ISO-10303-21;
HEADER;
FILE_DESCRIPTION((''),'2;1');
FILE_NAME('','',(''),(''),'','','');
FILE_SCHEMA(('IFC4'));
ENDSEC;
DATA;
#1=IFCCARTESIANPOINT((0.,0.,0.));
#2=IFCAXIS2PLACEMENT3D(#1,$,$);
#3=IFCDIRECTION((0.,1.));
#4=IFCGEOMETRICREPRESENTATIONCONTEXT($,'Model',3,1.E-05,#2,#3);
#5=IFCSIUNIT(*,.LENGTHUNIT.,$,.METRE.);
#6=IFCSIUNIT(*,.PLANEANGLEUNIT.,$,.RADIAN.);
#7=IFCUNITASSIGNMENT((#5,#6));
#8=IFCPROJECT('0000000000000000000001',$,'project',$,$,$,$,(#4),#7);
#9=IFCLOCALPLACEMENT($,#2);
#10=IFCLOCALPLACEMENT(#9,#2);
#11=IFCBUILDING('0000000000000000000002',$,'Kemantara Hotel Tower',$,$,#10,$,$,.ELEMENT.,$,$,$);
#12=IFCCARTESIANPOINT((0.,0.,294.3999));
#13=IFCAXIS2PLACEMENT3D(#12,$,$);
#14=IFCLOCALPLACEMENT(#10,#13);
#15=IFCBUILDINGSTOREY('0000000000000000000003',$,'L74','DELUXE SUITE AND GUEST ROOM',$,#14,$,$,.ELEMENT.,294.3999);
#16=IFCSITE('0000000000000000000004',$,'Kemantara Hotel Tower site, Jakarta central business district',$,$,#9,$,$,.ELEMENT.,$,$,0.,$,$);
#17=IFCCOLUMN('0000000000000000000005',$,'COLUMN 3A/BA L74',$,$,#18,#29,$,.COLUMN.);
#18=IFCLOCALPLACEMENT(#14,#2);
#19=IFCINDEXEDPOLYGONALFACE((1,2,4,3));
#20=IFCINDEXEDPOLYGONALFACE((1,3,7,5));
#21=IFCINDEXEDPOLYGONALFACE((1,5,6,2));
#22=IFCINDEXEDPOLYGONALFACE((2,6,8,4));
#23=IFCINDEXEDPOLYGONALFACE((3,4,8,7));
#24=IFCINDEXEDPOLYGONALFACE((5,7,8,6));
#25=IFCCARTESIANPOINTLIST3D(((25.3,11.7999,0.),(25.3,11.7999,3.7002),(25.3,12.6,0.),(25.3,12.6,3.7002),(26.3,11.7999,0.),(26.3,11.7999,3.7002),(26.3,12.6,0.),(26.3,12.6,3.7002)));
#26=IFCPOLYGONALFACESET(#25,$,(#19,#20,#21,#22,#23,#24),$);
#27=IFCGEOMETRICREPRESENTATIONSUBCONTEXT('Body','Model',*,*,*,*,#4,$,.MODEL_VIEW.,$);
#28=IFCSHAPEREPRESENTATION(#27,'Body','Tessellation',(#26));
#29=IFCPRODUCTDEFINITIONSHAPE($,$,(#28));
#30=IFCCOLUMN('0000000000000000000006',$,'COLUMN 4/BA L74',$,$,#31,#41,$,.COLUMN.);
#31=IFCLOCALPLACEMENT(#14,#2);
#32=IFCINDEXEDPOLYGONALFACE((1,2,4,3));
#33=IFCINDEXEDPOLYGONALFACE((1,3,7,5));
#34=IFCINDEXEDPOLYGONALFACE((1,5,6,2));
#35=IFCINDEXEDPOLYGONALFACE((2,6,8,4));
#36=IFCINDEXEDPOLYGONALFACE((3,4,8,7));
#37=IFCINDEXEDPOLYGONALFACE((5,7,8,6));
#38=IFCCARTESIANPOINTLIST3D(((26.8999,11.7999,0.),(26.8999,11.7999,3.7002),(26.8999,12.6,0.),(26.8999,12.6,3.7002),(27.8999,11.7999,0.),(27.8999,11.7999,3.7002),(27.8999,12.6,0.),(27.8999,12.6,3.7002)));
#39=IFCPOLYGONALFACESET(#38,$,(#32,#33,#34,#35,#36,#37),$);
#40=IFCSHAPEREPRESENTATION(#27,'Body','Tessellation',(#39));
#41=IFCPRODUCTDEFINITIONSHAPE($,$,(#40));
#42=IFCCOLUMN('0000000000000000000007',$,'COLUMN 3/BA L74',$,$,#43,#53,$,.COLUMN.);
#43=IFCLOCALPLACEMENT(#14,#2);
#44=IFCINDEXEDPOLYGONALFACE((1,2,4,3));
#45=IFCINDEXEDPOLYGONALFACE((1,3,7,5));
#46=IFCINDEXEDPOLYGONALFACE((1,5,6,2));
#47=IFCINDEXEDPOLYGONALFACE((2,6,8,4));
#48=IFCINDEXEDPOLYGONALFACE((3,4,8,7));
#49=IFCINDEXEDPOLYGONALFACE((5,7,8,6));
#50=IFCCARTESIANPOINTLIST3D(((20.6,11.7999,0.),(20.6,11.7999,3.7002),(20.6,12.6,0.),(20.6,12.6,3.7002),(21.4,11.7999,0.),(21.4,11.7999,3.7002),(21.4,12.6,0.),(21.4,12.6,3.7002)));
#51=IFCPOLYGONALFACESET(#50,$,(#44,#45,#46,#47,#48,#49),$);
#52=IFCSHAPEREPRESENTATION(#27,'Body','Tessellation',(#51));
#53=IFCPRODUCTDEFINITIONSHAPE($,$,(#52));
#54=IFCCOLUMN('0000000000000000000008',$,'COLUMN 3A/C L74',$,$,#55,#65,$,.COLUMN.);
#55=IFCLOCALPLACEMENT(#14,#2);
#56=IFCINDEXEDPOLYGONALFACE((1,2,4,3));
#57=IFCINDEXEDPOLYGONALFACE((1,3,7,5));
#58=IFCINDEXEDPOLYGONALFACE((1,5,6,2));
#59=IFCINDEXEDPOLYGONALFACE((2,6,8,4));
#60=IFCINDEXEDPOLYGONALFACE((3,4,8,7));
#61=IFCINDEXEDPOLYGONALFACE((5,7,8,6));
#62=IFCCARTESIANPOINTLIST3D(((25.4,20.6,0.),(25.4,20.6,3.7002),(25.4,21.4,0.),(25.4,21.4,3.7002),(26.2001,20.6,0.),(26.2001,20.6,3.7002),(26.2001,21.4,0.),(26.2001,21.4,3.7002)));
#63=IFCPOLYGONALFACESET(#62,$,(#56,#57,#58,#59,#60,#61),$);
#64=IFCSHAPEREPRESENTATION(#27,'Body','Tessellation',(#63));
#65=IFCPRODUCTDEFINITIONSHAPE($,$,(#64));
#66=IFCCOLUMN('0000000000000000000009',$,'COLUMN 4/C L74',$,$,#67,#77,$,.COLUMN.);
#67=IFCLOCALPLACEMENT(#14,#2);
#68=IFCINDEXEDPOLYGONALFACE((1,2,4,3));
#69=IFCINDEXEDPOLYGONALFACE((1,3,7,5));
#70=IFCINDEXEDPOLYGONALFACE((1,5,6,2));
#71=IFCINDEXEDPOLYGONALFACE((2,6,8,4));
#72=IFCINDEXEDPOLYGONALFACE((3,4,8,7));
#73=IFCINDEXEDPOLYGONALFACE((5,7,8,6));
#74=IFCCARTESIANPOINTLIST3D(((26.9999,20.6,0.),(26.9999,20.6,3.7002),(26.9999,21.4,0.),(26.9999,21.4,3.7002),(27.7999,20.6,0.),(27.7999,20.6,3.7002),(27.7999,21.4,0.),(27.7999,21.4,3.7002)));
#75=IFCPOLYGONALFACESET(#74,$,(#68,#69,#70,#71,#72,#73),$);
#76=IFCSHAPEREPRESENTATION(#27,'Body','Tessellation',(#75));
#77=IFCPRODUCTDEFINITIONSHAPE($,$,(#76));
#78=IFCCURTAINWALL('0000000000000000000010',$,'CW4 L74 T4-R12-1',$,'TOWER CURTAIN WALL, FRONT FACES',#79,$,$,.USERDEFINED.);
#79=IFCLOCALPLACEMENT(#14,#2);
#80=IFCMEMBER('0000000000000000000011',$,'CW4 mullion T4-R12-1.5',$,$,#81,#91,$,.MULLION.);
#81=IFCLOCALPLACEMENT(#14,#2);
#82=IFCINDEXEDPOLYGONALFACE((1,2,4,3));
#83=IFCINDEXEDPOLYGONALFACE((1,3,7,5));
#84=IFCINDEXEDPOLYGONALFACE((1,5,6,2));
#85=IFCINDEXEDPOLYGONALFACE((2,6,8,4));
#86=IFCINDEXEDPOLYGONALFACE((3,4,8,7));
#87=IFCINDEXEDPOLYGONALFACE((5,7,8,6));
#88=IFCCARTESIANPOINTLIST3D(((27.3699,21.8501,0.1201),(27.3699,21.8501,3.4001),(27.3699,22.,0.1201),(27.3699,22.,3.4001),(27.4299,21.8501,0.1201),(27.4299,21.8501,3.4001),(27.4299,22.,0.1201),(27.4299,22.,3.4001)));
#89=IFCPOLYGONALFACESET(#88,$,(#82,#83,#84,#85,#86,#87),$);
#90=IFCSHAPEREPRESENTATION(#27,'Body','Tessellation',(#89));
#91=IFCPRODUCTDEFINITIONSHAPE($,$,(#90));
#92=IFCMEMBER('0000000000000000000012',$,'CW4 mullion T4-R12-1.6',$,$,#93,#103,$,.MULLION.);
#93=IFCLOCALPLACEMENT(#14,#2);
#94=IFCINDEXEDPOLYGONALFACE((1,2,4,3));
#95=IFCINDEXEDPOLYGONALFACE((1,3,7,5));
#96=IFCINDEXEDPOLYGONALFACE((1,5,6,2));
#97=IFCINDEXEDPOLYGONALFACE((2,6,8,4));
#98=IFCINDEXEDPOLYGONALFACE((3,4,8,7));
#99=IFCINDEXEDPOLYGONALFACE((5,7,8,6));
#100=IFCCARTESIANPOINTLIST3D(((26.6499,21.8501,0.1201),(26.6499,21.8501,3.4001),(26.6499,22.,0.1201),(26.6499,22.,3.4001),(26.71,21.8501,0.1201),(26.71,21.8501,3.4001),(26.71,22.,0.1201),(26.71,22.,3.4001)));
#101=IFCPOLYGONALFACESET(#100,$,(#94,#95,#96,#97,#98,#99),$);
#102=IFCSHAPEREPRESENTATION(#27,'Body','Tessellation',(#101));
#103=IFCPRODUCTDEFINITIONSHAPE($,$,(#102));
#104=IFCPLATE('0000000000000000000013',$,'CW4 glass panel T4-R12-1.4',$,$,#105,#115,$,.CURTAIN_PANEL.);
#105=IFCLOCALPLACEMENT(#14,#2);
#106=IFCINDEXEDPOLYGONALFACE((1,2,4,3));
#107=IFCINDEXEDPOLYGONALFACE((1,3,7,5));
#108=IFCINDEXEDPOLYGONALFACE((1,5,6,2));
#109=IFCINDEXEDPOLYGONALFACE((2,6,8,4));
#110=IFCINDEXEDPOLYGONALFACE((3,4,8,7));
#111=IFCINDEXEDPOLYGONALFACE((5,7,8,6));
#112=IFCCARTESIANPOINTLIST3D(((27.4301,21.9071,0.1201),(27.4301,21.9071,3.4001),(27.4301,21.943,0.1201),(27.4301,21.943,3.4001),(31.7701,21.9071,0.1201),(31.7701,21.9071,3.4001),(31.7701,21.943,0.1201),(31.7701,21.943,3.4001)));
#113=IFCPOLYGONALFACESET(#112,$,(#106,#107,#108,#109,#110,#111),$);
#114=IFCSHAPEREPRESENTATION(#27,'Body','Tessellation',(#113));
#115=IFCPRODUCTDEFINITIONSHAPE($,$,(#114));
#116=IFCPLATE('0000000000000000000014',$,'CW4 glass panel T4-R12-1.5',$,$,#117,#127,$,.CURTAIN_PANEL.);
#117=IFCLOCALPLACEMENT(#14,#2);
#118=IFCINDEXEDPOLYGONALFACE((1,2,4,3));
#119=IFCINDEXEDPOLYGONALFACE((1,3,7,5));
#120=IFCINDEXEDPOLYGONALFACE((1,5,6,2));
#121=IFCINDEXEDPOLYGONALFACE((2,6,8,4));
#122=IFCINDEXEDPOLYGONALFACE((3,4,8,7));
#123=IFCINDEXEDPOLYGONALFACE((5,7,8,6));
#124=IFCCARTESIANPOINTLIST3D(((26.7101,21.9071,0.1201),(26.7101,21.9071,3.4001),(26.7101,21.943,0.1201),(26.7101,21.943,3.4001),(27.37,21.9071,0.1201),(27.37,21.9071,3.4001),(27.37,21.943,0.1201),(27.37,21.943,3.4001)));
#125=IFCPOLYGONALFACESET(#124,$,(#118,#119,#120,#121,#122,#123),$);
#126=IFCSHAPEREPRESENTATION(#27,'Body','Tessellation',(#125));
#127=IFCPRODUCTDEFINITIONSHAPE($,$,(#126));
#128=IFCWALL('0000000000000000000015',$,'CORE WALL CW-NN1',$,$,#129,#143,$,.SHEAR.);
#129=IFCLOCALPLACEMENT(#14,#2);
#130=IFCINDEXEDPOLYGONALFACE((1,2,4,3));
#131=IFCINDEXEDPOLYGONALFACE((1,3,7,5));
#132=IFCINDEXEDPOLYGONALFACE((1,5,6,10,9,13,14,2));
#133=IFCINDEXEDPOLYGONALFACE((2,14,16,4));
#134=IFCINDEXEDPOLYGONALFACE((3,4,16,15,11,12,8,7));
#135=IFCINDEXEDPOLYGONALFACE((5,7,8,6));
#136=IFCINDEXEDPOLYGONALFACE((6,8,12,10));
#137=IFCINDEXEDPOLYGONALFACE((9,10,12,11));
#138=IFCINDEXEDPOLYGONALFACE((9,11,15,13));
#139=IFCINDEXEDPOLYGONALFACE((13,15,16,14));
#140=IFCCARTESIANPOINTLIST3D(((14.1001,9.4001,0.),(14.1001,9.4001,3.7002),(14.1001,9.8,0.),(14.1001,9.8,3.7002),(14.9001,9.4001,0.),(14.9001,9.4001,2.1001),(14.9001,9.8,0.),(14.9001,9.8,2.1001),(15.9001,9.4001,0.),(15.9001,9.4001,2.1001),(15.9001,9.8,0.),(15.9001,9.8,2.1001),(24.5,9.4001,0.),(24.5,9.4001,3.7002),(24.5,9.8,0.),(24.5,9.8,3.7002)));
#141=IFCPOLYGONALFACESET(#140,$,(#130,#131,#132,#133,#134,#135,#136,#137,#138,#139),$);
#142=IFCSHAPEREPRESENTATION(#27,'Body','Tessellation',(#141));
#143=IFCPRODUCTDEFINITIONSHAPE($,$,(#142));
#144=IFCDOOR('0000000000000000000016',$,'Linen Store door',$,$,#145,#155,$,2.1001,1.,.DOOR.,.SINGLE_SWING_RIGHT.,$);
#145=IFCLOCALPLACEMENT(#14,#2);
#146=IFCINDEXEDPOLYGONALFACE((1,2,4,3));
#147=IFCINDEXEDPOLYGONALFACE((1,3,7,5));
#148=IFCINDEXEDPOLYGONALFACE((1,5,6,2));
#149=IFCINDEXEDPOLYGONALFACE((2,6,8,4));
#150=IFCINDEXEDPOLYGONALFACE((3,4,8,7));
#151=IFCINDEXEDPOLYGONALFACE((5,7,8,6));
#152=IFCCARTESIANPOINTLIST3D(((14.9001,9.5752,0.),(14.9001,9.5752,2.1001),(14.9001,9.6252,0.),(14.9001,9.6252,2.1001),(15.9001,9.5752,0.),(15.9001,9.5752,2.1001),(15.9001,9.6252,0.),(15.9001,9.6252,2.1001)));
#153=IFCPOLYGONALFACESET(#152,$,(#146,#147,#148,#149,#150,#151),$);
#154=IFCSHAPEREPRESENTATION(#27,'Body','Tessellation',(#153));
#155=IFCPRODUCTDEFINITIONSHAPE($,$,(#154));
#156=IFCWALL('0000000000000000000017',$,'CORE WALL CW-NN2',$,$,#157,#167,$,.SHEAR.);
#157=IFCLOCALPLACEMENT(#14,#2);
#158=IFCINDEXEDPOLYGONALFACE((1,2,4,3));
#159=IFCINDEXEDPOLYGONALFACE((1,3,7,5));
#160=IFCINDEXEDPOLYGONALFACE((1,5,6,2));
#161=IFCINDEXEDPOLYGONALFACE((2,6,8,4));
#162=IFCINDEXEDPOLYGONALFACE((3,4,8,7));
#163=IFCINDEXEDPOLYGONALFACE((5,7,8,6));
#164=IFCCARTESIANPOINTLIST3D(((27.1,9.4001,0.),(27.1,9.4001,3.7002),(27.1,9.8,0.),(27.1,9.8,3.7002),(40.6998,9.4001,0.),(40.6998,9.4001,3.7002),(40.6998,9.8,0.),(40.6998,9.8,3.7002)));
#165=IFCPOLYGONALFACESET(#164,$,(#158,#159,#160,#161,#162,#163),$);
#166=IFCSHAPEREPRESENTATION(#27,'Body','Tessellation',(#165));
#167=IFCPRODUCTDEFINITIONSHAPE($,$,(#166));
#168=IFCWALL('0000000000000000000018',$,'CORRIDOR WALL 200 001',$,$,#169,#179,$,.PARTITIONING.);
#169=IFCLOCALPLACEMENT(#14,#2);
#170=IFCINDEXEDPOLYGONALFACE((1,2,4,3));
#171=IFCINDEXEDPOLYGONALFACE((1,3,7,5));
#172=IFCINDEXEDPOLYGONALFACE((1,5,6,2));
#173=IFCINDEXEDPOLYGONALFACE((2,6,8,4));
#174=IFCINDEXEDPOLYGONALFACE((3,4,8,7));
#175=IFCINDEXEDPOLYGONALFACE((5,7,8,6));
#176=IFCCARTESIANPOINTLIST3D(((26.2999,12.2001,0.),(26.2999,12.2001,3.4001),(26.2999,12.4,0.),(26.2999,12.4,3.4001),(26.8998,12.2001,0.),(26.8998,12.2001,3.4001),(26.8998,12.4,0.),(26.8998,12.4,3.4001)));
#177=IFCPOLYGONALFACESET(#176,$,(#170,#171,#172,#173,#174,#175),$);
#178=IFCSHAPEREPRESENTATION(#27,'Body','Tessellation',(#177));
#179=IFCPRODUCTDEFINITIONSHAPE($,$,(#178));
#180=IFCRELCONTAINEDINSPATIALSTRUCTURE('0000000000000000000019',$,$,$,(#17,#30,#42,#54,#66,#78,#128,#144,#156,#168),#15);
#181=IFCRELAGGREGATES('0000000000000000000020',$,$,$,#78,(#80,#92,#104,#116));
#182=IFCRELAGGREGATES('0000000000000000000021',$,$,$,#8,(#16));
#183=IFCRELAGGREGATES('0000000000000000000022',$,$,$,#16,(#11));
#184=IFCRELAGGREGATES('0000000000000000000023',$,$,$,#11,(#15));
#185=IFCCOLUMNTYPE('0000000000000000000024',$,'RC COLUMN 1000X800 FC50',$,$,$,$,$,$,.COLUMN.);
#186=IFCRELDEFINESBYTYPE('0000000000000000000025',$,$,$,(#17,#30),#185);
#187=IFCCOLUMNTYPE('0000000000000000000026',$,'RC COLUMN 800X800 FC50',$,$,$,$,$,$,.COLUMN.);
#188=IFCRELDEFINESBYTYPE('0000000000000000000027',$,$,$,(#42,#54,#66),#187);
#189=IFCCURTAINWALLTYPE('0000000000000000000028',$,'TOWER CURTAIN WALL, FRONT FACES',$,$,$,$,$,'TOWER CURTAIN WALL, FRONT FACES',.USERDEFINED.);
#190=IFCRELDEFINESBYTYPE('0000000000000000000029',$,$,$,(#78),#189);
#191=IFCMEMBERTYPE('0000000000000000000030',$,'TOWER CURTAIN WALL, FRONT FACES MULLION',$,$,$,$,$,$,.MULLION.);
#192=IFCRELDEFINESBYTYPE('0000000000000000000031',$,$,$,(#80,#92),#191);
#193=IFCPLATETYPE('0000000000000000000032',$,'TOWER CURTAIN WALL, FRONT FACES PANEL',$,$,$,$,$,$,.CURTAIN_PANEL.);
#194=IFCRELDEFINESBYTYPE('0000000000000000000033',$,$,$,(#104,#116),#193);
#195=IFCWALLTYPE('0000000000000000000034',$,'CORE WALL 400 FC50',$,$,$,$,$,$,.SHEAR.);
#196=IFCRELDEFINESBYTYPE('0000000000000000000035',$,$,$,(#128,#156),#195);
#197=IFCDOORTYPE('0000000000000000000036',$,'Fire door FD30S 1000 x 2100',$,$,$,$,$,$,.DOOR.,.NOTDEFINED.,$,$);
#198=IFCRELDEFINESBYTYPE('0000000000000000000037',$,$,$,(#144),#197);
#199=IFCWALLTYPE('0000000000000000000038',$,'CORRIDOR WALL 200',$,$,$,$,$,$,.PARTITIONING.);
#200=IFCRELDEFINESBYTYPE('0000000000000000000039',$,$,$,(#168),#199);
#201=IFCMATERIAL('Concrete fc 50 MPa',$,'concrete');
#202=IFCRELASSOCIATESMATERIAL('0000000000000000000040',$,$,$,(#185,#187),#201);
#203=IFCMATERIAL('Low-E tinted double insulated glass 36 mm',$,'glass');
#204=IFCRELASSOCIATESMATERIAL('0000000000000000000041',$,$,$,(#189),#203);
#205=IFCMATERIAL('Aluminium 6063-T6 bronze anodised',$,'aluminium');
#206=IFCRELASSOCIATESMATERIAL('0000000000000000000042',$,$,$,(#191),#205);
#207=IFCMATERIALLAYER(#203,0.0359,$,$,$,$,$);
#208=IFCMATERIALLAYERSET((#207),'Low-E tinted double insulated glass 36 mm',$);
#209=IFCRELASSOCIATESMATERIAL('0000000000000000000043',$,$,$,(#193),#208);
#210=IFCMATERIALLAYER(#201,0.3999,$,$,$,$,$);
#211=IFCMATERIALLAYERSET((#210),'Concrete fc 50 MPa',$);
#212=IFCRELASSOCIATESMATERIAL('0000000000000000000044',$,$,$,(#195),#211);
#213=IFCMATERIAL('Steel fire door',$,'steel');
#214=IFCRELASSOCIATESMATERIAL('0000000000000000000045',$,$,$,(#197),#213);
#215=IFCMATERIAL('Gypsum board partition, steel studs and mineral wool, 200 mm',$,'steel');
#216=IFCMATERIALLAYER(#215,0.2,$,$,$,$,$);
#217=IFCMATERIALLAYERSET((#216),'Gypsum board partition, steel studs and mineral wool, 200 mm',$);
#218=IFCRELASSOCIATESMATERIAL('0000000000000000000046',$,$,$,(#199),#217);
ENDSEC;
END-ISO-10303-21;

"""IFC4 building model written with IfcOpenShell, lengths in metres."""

from ifc_helpers import new_model, si_unit, direction, frame, frame_2d, origin, origin_2d, place, context, subcontext, project, spatial, rectangle, extrude, source, transform, mapped, material, layer, layer_set, material_profile, profile_set, type_object, element, fill, aggregate, save


model = new_model("IFC4")

# Units and contexts
model_context = context("Model", 3, precision=1e-05, world=origin(), true_north=direction((0.0, 1.0)))
body_context = subcontext(model_context, "Body", "Model", "MODEL_VIEW")
ifc_project = project(units=[si_unit("LENGTHUNIT", "METRE"), si_unit("PLANEANGLEUNIT", "RADIAN")], contexts=[model_context])

# Site, building, storey
site_placement = place(None, origin())
site = spatial("IfcSite", under=ifc_project, at=site_placement, Name="Kemantara Hotel Tower site, Jakarta central business district", CompositionType="ELEMENT", RefElevation=0.0)
building_placement = place(site_placement, origin())
building = spatial("IfcBuilding", under=site, at=building_placement, Name="Kemantara Hotel Tower", CompositionType="ELEMENT")
storey_placement = place(building_placement, frame((0.0, 0.0, 294.3999)))
storey = spatial("IfcBuildingStorey", under=building, at=storey_placement, Name="L74", Description="DELUXE SUITE AND GUEST ROOM", CompositionType="ELEMENT", Elevation=294.3999)

# Columns
ifc_material_1 = material(Name="Concrete fc 50 MPa", Category="concrete")
ifc_material_profile_1 = material_profile(ifc_material_1, rectangle(XDim=1.0, YDim=0.8, at=origin_2d()), Name="RC 1000X800")
ifc_profile_set_1 = profile_set([ifc_material_profile_1], Name="Concrete fc 50 MPa")
column_type_1 = type_object("IfcColumnType", Name="RC COLUMN 1000X800 FC50", PredefinedType="COLUMN", material=ifc_profile_set_1)
for number, where, z_axis, x_axis, name in (
    (1, (25.8, 12.2, 0.0), (0.0, 0.0, 1.0), (1.0, 0.0, 0.0), "COLUMN 3A/BA L74"),
    (2, (27.3999, 12.2, 0.0), (0.0, 0.0, 1.0), (1.0, 0.0, 0.0), "COLUMN 4/BA L74"),
):
    element("IfcColumn", number, at=place(storey_placement, frame(where, z_axis=z_axis, x_axis=x_axis)), inside=storey, type_object=column_type_1, Name=name, PredefinedType="COLUMN", context=body_context, shape_type="SweptSolid", body=[
        extrude(rectangle(XDim=1.0, YDim=0.8, at=origin_2d()), origin(), (0.0, 0.0, 1.0), 3.7002),
    ])
ifc_material_profile_2 = material_profile(ifc_material_1, rectangle(XDim=0.8, YDim=0.8, at=origin_2d()), Name="RC 800X800")
ifc_profile_set_2 = profile_set([ifc_material_profile_2], Name="Concrete fc 50 MPa")
column_type_2 = type_object("IfcColumnType", Name="RC COLUMN 800X800 FC50", PredefinedType="COLUMN", material=ifc_profile_set_2)
for number, where, z_axis, x_axis, name in (
    (3, (21.0, 12.2, 0.0), (0.0, 0.0, 1.0), (1.0, 0.0, 0.0), "COLUMN 3/BA L74"),
    (4, (25.8, 21.0, 0.0), (0.0, 0.0, 1.0), (1.0, 0.0, 0.0), "COLUMN 3A/C L74"),
    (5, (27.3999, 21.0, 0.0), (0.0, 0.0, 1.0), (1.0, 0.0, 0.0), "COLUMN 4/C L74"),
):
    element("IfcColumn", number, at=place(storey_placement, frame(where, z_axis=z_axis, x_axis=x_axis)), inside=storey, type_object=column_type_2, Name=name, PredefinedType="COLUMN", context=body_context, shape_type="SweptSolid", body=[
        extrude(rectangle(XDim=0.8, YDim=0.8, at=origin_2d()), origin(), (0.0, 0.0, 1.0), 3.7002),
    ])

# Curtain wall, members, plates
ifc_material_2 = material(Name="Low-E tinted double insulated glass 36 mm", Category="glass")
curtain_wall_type = type_object("IfcCurtainWallType", Name="TOWER CURTAIN WALL, FRONT FACES", ElementType="TOWER CURTAIN WALL, FRONT FACES", PredefinedType="USERDEFINED", material=ifc_material_2)
curtain_wall_placement = place(storey_placement, origin())
curtain_wall = element("IfcCurtainWall", 6, at=curtain_wall_placement, inside=storey, type_object=curtain_wall_type, Name="CW4 L74 T4-R12-1", ObjectType="TOWER CURTAIN WALL, FRONT FACES", PredefinedType="USERDEFINED")
ifc_material_3 = material(Name="Aluminium 6063-T6 bronze anodised", Category="aluminium")
ifc_material_profile_3 = material_profile(ifc_material_3, rectangle(XDim=0.1499, YDim=0.0601, at=origin_2d()), Name="TOWER CURTAIN WALL, FRONT FACES MULLION")
ifc_profile_set_3 = profile_set([ifc_material_profile_3], Name="Aluminium 6063-T6 bronze anodised")
member_type = type_object("IfcMemberType", Name="TOWER CURTAIN WALL, FRONT FACES MULLION", PredefinedType="MULLION", material=ifc_profile_set_3)
shared_shape_1 = source(origin(), body_context, "Body", "SweptSolid", [
    extrude(rectangle(XDim=0.1499, YDim=0.0601, at=origin_2d()), origin(), (0.0, 0.0, 1.0), 3.28),
])
member_1_placement = place(storey_placement, frame((27.3999, 21.925, 0.1201), z_axis=(0.0, 0.0, 1.0), x_axis=(0.0, -1.0, 0.0)))
member_1 = element("IfcMember", 7, at=member_1_placement, type_object=member_type, Name="CW4 mullion T4-R12-1.5", PredefinedType="MULLION", context=body_context, shape_type="MappedRepresentation", body=[
    mapped(shared_shape_1, transform((0.0, 0.0, 0.0))),
])
member_2_placement = place(storey_placement, frame((26.6799, 21.925, 0.1201), z_axis=(0.0, 0.0, 1.0), x_axis=(0.0, -1.0, 0.0)))
member_2 = element("IfcMember", 8, at=member_2_placement, type_object=member_type, Name="CW4 mullion T4-R12-1.6", PredefinedType="MULLION", context=body_context, shape_type="MappedRepresentation", body=[
    mapped(shared_shape_1, transform((0.0, 0.0, 0.0))),
])
ifc_layer_1 = layer(ifc_material_2, 0.0359)
ifc_layer_set_1 = layer_set([ifc_layer_1], Name="Low-E tinted double insulated glass 36 mm")
plate_type = type_object("IfcPlateType", Name="TOWER CURTAIN WALL, FRONT FACES PANEL", PredefinedType="CURTAIN_PANEL", material=ifc_layer_set_1)
shared_shape_2 = source(origin(), body_context, "Body", "SweptSolid", [
    extrude(rectangle(XDim=4.3401, YDim=0.0359, at=origin_2d()), origin(), (0.0, 0.0, 1.0), 3.28),
])
plate_1_placement = place(storey_placement, frame((29.6001, 21.925, 0.1201), z_axis=(0.0, 0.0, 1.0), x_axis=(-1.0, 0.0, 0.0)))
plate_1 = element("IfcPlate", 9, at=plate_1_placement, type_object=plate_type, Name="CW4 glass panel T4-R12-1.4", PredefinedType="CURTAIN_PANEL", context=body_context, shape_type="MappedRepresentation", body=[
    mapped(shared_shape_2, transform((0.0, 0.0, 0.0))),
])
shared_shape_3 = source(origin(), body_context, "Body", "SweptSolid", [
    extrude(rectangle(XDim=0.6599, YDim=0.0359, at=origin_2d()), origin(), (0.0, 0.0, 1.0), 3.28),
])
plate_2_placement = place(storey_placement, frame((27.04, 21.925, 0.1201), z_axis=(0.0, 0.0, 1.0), x_axis=(-1.0, 0.0, 0.0)))
plate_2 = element("IfcPlate", 10, at=plate_2_placement, type_object=plate_type, Name="CW4 glass panel T4-R12-1.5", PredefinedType="CURTAIN_PANEL", context=body_context, shape_type="MappedRepresentation", body=[
    mapped(shared_shape_3, transform((0.0, 0.0, 0.0))),
])
aggregate(curtain_wall, [member_1, member_2, plate_1, plate_2])

# Wall, opening, door
ifc_layer_2 = layer(ifc_material_1, 0.3999)
ifc_layer_set_2 = layer_set([ifc_layer_2], Name="Concrete fc 50 MPa")
wall_type_1 = type_object("IfcWallType", Name="CORE WALL 400 FC50", PredefinedType="SHEAR", material=ifc_layer_set_2)
wall_1_placement = place(storey_placement, frame((14.1001, 9.6001, 0.0), z_axis=(0.0, 0.0, 1.0), x_axis=(1.0, 0.0, 0.0)))
wall_1 = element("IfcWall", 11, at=wall_1_placement, inside=storey, type_object=wall_type_1, Name="CORE WALL CW-NN1", PredefinedType="SHEAR", context=body_context, shape_type="SweptSolid", body=[
    extrude(rectangle(XDim=10.3999, YDim=0.3999, at=frame_2d((5.2, 0.0))), origin(), (0.0, 0.0, 1.0), 3.7002),
])
opening_1_placement = place(wall_1_placement, frame((0.8, 0.0, 0.0)))
opening_1 = element("IfcOpeningElement", 12, at=opening_1_placement, cuts=wall_1, PredefinedType="OPENING", context=body_context, shape_type="SweptSolid", body=[
    extrude(rectangle(XDim=1.0, YDim=2.1001, at=frame_2d((0.5, 1.05))), frame((0.0, 0.21, 0.0), z_axis=(0.0, -1.0, 0.0), x_axis=(1.0, 0.0, 0.0)), (0.0, 0.0, 1.0), 0.4199),
])
ifc_material_4 = material(Name="Steel fire door", Category="steel")
door_type_1 = type_object("IfcDoorType", Name="Fire door FD30S 1000 x 2100", OperationType="NOTDEFINED", PredefinedType="DOOR", material=ifc_material_4)
door_1_placement = place(opening_1_placement, frame((1.0, 0.0, 0.0), z_axis=(0.0, 0.0, 1.0), x_axis=(-1.0, 0.0, 0.0)))
door_1 = element("IfcDoor", 13, at=door_1_placement, inside=storey, type_object=door_type_1, Name="Linen Store door", OperationType="SINGLE_SWING_RIGHT", OverallHeight=2.1001, OverallWidth=1.0, PredefinedType="DOOR", context=body_context, shape_type="SweptSolid", body=[
    extrude(rectangle(XDim=1.0, YDim=2.1001, at=frame_2d((0.5, 1.05))), frame((0.0, 0.0249, 0.0), z_axis=(0.0, -1.0, 0.0), x_axis=(1.0, 0.0, 0.0)), (0.0, 0.0, 1.0), 0.05),
])
fill(opening_1, door_1)

# Walls
wall_2_placement = place(storey_placement, frame((27.1001, 9.6001, 0.0), z_axis=(0.0, 0.0, 1.0), x_axis=(1.0, 0.0, 0.0)))
element("IfcWall", 14, at=wall_2_placement, inside=storey, type_object=wall_type_1, Name="CORE WALL CW-NN2", PredefinedType="SHEAR", context=body_context, shape_type="SweptSolid", body=[
    extrude(rectangle(XDim=13.5999, YDim=0.3999, at=frame_2d((6.7998, 0.0))), origin(), (0.0, 0.0, 1.0), 3.7002),
])
ifc_material_5 = material(Name="Gypsum board partition, steel studs and mineral wool, 200 mm", Category="steel")
ifc_layer_3 = layer(ifc_material_5, 0.2)
ifc_layer_set_3 = layer_set([ifc_layer_3], Name="Gypsum board partition, steel studs and mineral wool, 200 mm")
wall_type_2 = type_object("IfcWallType", Name="CORRIDOR WALL 200", PredefinedType="PARTITIONING", material=ifc_layer_set_3)
wall_3_placement = place(storey_placement, frame((26.3, 12.3, 0.0), z_axis=(0.0, 0.0, 1.0), x_axis=(1.0, 0.0, 0.0)))
element("IfcWall", 15, at=wall_3_placement, inside=storey, type_object=wall_type_2, Name="CORRIDOR WALL 200 001", PredefinedType="PARTITIONING", context=body_context, shape_type="SweptSolid", body=[
    extrude(rectangle(XDim=0.5999, YDim=0.2, at=frame_2d((0.2998, 0.0))), origin(), (0.0, 0.0, 1.0), 3.4001),
])

save(model, "model.ifc")
